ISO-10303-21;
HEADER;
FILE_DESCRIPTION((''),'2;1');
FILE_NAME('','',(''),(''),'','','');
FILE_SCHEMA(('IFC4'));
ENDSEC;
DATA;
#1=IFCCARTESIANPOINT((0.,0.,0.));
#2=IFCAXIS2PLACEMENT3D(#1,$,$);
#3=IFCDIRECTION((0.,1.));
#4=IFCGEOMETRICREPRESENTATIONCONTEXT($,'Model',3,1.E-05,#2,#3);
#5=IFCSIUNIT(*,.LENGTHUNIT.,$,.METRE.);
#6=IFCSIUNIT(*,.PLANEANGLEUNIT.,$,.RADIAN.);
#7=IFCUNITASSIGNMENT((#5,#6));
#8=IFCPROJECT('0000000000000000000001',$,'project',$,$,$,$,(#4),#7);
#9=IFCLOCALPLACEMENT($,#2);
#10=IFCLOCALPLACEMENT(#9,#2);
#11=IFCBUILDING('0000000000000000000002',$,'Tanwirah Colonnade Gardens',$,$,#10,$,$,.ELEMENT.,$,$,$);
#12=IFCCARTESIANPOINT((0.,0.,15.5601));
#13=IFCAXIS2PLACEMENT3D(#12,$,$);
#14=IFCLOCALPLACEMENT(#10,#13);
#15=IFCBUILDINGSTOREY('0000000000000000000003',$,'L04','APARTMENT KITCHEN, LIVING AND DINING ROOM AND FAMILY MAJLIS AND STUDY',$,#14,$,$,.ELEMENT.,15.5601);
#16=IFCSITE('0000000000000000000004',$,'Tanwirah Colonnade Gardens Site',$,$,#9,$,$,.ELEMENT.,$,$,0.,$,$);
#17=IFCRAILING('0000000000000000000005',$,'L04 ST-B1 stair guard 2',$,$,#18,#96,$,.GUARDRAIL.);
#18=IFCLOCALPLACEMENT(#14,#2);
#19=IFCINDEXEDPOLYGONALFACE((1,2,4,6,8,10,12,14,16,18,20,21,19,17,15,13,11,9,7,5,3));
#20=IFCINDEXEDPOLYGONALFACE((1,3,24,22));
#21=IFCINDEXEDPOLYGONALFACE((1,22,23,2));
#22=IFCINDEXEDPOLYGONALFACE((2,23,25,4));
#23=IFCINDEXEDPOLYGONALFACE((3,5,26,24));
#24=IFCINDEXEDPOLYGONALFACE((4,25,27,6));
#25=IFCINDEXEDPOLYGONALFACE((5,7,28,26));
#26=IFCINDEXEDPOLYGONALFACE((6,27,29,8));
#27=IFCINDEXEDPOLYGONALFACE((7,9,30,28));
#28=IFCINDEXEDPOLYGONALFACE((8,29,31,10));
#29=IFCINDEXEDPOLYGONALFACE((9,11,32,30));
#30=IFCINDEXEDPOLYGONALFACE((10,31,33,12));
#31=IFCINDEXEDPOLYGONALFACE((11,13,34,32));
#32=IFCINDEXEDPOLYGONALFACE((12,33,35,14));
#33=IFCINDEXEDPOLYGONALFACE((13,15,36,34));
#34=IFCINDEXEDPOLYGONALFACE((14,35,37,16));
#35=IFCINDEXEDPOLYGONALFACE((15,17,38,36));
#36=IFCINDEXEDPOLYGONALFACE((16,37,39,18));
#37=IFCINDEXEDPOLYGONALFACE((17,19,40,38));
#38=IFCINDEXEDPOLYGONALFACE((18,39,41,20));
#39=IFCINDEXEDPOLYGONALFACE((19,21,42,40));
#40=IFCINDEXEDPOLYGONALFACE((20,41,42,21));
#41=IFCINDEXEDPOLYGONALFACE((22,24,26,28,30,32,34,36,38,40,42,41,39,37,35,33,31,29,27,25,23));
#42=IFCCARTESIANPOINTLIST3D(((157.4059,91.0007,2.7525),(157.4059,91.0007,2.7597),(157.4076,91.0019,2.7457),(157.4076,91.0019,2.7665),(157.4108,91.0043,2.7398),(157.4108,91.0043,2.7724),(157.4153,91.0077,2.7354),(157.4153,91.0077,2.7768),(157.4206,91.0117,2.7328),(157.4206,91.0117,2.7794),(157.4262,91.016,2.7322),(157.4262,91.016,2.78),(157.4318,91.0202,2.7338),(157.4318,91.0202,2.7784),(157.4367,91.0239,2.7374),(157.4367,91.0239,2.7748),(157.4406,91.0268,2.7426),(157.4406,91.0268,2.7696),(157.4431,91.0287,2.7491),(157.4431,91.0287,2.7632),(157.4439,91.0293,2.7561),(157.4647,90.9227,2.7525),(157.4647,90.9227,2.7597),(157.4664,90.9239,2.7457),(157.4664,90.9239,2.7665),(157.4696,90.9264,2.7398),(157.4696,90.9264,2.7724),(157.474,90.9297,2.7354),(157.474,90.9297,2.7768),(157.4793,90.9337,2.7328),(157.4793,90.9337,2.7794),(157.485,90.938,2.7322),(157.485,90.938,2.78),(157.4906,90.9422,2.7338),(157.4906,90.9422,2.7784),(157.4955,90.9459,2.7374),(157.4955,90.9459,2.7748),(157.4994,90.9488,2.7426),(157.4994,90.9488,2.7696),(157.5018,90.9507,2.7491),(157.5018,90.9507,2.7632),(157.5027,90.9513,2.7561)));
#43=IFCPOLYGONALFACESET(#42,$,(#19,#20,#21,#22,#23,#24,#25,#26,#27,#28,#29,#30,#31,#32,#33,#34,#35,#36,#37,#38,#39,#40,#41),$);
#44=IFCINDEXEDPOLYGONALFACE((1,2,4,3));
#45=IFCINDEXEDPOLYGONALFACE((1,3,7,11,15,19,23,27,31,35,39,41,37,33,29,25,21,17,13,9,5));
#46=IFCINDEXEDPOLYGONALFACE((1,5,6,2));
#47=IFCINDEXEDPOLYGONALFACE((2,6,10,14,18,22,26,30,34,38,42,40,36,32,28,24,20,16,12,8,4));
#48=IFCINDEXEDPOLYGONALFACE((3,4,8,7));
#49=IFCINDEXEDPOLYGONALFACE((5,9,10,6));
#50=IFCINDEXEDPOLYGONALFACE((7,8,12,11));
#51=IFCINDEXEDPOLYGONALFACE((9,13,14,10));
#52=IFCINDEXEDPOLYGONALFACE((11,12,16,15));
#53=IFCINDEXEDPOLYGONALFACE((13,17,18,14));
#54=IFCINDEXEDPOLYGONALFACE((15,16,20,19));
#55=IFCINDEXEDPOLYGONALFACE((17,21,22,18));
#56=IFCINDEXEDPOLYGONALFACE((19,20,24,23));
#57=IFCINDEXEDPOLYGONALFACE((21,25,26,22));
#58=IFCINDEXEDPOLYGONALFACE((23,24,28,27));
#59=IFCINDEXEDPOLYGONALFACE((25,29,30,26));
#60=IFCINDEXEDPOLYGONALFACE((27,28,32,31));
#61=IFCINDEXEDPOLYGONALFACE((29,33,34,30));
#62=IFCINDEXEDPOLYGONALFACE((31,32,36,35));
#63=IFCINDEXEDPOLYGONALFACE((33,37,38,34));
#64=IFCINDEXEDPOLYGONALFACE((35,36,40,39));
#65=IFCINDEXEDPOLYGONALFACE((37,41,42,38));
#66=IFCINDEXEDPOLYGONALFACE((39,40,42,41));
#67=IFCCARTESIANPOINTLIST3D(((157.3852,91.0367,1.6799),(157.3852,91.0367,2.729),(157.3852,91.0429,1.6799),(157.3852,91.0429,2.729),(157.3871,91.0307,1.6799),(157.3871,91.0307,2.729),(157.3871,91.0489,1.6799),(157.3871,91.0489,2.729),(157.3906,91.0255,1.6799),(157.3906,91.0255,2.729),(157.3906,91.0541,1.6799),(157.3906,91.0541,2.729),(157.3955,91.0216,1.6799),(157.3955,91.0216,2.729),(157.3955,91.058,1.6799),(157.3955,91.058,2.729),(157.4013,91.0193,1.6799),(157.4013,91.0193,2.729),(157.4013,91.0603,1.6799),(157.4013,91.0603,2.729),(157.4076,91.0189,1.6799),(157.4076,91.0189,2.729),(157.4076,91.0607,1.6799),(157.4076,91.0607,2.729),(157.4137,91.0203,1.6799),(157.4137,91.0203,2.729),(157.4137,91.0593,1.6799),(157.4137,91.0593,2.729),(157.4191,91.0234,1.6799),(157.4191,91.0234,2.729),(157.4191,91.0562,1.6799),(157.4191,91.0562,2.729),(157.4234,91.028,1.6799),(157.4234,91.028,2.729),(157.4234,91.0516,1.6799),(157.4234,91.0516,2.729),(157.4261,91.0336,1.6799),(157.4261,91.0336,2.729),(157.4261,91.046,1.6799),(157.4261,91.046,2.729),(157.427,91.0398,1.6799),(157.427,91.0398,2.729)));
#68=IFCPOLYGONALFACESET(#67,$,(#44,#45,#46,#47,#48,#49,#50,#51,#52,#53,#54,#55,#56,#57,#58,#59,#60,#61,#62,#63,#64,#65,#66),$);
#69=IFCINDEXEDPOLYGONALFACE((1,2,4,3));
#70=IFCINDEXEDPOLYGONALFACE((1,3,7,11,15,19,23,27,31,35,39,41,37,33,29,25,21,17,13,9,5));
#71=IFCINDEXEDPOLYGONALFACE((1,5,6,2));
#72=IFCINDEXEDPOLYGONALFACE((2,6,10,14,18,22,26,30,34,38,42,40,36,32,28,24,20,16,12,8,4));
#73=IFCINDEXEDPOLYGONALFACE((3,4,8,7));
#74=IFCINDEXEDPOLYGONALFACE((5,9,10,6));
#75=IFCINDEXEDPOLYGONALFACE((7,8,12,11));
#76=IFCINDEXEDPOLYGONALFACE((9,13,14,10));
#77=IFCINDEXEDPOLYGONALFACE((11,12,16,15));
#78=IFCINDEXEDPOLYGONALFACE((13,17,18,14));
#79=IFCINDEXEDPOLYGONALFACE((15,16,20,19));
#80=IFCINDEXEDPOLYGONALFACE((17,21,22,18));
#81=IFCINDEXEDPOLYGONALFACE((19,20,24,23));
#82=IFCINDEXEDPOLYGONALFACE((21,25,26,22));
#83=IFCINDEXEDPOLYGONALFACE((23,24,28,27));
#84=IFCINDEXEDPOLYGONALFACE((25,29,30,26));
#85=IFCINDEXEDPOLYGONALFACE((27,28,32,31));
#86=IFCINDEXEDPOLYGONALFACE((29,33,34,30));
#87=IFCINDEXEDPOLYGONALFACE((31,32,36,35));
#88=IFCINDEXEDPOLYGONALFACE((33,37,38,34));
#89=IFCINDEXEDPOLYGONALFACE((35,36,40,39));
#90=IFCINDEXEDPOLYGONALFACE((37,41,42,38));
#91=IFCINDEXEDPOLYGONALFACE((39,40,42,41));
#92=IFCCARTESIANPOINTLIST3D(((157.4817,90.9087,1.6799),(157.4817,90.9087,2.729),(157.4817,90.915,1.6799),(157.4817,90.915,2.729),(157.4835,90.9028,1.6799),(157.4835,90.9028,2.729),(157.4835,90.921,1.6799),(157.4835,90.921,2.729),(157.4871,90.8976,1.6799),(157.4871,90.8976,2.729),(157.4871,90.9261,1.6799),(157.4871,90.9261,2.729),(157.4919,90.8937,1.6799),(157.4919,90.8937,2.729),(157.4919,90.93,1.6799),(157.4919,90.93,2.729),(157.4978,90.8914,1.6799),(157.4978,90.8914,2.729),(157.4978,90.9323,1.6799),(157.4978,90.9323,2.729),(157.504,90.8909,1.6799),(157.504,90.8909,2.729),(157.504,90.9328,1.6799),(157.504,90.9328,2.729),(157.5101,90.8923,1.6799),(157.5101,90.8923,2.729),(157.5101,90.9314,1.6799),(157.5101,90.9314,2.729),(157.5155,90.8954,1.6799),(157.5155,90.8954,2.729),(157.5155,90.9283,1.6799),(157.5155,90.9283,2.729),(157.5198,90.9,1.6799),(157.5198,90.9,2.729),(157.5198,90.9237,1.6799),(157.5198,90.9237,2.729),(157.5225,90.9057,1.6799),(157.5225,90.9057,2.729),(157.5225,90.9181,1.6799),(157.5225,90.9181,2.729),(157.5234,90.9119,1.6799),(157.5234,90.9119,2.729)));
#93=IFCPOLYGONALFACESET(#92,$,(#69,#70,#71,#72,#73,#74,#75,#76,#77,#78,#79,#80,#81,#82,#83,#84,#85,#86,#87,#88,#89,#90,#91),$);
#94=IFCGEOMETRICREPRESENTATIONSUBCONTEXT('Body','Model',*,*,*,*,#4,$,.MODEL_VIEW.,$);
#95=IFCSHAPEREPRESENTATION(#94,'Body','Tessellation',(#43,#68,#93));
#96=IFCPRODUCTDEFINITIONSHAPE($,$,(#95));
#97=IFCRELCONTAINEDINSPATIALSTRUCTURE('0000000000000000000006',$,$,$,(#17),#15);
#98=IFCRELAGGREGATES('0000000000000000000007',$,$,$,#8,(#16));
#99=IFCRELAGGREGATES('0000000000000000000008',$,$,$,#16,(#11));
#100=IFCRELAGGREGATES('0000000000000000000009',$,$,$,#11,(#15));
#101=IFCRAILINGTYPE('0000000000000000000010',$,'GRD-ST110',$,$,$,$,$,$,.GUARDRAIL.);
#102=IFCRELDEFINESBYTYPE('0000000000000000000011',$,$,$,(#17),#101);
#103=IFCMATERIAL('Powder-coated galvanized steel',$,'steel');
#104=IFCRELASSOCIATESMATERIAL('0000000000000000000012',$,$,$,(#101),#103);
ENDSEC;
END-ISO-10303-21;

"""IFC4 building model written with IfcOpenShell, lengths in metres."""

from ifc_helpers import new_model, si_unit, direction, frame, origin, origin_2d, place, context, subcontext, project, spatial, circle, extrude, material, type_object, element, save


model = new_model("IFC4")

# Units and contexts
model_context = context("Model", 3, precision=1e-05, world=origin(), true_north=direction((0.0, 1.0)))
body_context = subcontext(model_context, "Body", "Model", "MODEL_VIEW")
ifc_project = project(units=[si_unit("LENGTHUNIT", "METRE"), si_unit("PLANEANGLEUNIT", "RADIAN")], contexts=[model_context])

# Site, building, storey
site_placement = place(None, origin())
site = spatial("IfcSite", under=ifc_project, at=site_placement, Name="Tanwirah Colonnade Gardens Site", CompositionType="ELEMENT", RefElevation=0.0)
building_placement = place(site_placement, origin())
building = spatial("IfcBuilding", under=site, at=building_placement, Name="Tanwirah Colonnade Gardens", CompositionType="ELEMENT")
storey_placement = place(building_placement, frame((0.0, 0.0, 15.5601)))
storey = spatial("IfcBuildingStorey", under=building, at=storey_placement, Name="L04", Description="APARTMENT KITCHEN, LIVING AND DINING ROOM AND FAMILY MAJLIS AND STUDY", CompositionType="ELEMENT", Elevation=15.5601)

# Railing
ifc_material_1 = material(Name="Powder-coated galvanized steel", Category="steel")
railing_type_1 = type_object("IfcRailingType", Name="GRD-ST110", PredefinedType="GUARDRAIL", material=ifc_material_1)
railing_1_placement = place(storey_placement, frame((157.406, 91.0398, 1.6799)))
element("IfcRailing", 1, at=railing_1_placement, inside=storey, type_object=railing_type_1, Name="L04 ST-B1 stair guard 2", PredefinedType="GUARDRAIL", context=body_context, shape_type="SweptSolid", body=[
    extrude(circle(Radius=0.0239, at=origin_2d()), frame((0.0188, -0.0249, 1.0762), z_axis=(0.601949, -0.798535, 0.0), x_axis=(0.798535, 0.601949, 0.0)), (0.0, 0.0, 1.0), 0.0977),
    extrude(circle(Radius=0.021, at=origin_2d()), origin(), (0.0, 0.0, 1.0), 1.0491),
    extrude(circle(Radius=0.021, at=origin_2d()), frame((0.0964, -0.1279, 0.0)), (0.0, 0.0, 1.0), 1.0491),
])

save(model, "model.ifc")
